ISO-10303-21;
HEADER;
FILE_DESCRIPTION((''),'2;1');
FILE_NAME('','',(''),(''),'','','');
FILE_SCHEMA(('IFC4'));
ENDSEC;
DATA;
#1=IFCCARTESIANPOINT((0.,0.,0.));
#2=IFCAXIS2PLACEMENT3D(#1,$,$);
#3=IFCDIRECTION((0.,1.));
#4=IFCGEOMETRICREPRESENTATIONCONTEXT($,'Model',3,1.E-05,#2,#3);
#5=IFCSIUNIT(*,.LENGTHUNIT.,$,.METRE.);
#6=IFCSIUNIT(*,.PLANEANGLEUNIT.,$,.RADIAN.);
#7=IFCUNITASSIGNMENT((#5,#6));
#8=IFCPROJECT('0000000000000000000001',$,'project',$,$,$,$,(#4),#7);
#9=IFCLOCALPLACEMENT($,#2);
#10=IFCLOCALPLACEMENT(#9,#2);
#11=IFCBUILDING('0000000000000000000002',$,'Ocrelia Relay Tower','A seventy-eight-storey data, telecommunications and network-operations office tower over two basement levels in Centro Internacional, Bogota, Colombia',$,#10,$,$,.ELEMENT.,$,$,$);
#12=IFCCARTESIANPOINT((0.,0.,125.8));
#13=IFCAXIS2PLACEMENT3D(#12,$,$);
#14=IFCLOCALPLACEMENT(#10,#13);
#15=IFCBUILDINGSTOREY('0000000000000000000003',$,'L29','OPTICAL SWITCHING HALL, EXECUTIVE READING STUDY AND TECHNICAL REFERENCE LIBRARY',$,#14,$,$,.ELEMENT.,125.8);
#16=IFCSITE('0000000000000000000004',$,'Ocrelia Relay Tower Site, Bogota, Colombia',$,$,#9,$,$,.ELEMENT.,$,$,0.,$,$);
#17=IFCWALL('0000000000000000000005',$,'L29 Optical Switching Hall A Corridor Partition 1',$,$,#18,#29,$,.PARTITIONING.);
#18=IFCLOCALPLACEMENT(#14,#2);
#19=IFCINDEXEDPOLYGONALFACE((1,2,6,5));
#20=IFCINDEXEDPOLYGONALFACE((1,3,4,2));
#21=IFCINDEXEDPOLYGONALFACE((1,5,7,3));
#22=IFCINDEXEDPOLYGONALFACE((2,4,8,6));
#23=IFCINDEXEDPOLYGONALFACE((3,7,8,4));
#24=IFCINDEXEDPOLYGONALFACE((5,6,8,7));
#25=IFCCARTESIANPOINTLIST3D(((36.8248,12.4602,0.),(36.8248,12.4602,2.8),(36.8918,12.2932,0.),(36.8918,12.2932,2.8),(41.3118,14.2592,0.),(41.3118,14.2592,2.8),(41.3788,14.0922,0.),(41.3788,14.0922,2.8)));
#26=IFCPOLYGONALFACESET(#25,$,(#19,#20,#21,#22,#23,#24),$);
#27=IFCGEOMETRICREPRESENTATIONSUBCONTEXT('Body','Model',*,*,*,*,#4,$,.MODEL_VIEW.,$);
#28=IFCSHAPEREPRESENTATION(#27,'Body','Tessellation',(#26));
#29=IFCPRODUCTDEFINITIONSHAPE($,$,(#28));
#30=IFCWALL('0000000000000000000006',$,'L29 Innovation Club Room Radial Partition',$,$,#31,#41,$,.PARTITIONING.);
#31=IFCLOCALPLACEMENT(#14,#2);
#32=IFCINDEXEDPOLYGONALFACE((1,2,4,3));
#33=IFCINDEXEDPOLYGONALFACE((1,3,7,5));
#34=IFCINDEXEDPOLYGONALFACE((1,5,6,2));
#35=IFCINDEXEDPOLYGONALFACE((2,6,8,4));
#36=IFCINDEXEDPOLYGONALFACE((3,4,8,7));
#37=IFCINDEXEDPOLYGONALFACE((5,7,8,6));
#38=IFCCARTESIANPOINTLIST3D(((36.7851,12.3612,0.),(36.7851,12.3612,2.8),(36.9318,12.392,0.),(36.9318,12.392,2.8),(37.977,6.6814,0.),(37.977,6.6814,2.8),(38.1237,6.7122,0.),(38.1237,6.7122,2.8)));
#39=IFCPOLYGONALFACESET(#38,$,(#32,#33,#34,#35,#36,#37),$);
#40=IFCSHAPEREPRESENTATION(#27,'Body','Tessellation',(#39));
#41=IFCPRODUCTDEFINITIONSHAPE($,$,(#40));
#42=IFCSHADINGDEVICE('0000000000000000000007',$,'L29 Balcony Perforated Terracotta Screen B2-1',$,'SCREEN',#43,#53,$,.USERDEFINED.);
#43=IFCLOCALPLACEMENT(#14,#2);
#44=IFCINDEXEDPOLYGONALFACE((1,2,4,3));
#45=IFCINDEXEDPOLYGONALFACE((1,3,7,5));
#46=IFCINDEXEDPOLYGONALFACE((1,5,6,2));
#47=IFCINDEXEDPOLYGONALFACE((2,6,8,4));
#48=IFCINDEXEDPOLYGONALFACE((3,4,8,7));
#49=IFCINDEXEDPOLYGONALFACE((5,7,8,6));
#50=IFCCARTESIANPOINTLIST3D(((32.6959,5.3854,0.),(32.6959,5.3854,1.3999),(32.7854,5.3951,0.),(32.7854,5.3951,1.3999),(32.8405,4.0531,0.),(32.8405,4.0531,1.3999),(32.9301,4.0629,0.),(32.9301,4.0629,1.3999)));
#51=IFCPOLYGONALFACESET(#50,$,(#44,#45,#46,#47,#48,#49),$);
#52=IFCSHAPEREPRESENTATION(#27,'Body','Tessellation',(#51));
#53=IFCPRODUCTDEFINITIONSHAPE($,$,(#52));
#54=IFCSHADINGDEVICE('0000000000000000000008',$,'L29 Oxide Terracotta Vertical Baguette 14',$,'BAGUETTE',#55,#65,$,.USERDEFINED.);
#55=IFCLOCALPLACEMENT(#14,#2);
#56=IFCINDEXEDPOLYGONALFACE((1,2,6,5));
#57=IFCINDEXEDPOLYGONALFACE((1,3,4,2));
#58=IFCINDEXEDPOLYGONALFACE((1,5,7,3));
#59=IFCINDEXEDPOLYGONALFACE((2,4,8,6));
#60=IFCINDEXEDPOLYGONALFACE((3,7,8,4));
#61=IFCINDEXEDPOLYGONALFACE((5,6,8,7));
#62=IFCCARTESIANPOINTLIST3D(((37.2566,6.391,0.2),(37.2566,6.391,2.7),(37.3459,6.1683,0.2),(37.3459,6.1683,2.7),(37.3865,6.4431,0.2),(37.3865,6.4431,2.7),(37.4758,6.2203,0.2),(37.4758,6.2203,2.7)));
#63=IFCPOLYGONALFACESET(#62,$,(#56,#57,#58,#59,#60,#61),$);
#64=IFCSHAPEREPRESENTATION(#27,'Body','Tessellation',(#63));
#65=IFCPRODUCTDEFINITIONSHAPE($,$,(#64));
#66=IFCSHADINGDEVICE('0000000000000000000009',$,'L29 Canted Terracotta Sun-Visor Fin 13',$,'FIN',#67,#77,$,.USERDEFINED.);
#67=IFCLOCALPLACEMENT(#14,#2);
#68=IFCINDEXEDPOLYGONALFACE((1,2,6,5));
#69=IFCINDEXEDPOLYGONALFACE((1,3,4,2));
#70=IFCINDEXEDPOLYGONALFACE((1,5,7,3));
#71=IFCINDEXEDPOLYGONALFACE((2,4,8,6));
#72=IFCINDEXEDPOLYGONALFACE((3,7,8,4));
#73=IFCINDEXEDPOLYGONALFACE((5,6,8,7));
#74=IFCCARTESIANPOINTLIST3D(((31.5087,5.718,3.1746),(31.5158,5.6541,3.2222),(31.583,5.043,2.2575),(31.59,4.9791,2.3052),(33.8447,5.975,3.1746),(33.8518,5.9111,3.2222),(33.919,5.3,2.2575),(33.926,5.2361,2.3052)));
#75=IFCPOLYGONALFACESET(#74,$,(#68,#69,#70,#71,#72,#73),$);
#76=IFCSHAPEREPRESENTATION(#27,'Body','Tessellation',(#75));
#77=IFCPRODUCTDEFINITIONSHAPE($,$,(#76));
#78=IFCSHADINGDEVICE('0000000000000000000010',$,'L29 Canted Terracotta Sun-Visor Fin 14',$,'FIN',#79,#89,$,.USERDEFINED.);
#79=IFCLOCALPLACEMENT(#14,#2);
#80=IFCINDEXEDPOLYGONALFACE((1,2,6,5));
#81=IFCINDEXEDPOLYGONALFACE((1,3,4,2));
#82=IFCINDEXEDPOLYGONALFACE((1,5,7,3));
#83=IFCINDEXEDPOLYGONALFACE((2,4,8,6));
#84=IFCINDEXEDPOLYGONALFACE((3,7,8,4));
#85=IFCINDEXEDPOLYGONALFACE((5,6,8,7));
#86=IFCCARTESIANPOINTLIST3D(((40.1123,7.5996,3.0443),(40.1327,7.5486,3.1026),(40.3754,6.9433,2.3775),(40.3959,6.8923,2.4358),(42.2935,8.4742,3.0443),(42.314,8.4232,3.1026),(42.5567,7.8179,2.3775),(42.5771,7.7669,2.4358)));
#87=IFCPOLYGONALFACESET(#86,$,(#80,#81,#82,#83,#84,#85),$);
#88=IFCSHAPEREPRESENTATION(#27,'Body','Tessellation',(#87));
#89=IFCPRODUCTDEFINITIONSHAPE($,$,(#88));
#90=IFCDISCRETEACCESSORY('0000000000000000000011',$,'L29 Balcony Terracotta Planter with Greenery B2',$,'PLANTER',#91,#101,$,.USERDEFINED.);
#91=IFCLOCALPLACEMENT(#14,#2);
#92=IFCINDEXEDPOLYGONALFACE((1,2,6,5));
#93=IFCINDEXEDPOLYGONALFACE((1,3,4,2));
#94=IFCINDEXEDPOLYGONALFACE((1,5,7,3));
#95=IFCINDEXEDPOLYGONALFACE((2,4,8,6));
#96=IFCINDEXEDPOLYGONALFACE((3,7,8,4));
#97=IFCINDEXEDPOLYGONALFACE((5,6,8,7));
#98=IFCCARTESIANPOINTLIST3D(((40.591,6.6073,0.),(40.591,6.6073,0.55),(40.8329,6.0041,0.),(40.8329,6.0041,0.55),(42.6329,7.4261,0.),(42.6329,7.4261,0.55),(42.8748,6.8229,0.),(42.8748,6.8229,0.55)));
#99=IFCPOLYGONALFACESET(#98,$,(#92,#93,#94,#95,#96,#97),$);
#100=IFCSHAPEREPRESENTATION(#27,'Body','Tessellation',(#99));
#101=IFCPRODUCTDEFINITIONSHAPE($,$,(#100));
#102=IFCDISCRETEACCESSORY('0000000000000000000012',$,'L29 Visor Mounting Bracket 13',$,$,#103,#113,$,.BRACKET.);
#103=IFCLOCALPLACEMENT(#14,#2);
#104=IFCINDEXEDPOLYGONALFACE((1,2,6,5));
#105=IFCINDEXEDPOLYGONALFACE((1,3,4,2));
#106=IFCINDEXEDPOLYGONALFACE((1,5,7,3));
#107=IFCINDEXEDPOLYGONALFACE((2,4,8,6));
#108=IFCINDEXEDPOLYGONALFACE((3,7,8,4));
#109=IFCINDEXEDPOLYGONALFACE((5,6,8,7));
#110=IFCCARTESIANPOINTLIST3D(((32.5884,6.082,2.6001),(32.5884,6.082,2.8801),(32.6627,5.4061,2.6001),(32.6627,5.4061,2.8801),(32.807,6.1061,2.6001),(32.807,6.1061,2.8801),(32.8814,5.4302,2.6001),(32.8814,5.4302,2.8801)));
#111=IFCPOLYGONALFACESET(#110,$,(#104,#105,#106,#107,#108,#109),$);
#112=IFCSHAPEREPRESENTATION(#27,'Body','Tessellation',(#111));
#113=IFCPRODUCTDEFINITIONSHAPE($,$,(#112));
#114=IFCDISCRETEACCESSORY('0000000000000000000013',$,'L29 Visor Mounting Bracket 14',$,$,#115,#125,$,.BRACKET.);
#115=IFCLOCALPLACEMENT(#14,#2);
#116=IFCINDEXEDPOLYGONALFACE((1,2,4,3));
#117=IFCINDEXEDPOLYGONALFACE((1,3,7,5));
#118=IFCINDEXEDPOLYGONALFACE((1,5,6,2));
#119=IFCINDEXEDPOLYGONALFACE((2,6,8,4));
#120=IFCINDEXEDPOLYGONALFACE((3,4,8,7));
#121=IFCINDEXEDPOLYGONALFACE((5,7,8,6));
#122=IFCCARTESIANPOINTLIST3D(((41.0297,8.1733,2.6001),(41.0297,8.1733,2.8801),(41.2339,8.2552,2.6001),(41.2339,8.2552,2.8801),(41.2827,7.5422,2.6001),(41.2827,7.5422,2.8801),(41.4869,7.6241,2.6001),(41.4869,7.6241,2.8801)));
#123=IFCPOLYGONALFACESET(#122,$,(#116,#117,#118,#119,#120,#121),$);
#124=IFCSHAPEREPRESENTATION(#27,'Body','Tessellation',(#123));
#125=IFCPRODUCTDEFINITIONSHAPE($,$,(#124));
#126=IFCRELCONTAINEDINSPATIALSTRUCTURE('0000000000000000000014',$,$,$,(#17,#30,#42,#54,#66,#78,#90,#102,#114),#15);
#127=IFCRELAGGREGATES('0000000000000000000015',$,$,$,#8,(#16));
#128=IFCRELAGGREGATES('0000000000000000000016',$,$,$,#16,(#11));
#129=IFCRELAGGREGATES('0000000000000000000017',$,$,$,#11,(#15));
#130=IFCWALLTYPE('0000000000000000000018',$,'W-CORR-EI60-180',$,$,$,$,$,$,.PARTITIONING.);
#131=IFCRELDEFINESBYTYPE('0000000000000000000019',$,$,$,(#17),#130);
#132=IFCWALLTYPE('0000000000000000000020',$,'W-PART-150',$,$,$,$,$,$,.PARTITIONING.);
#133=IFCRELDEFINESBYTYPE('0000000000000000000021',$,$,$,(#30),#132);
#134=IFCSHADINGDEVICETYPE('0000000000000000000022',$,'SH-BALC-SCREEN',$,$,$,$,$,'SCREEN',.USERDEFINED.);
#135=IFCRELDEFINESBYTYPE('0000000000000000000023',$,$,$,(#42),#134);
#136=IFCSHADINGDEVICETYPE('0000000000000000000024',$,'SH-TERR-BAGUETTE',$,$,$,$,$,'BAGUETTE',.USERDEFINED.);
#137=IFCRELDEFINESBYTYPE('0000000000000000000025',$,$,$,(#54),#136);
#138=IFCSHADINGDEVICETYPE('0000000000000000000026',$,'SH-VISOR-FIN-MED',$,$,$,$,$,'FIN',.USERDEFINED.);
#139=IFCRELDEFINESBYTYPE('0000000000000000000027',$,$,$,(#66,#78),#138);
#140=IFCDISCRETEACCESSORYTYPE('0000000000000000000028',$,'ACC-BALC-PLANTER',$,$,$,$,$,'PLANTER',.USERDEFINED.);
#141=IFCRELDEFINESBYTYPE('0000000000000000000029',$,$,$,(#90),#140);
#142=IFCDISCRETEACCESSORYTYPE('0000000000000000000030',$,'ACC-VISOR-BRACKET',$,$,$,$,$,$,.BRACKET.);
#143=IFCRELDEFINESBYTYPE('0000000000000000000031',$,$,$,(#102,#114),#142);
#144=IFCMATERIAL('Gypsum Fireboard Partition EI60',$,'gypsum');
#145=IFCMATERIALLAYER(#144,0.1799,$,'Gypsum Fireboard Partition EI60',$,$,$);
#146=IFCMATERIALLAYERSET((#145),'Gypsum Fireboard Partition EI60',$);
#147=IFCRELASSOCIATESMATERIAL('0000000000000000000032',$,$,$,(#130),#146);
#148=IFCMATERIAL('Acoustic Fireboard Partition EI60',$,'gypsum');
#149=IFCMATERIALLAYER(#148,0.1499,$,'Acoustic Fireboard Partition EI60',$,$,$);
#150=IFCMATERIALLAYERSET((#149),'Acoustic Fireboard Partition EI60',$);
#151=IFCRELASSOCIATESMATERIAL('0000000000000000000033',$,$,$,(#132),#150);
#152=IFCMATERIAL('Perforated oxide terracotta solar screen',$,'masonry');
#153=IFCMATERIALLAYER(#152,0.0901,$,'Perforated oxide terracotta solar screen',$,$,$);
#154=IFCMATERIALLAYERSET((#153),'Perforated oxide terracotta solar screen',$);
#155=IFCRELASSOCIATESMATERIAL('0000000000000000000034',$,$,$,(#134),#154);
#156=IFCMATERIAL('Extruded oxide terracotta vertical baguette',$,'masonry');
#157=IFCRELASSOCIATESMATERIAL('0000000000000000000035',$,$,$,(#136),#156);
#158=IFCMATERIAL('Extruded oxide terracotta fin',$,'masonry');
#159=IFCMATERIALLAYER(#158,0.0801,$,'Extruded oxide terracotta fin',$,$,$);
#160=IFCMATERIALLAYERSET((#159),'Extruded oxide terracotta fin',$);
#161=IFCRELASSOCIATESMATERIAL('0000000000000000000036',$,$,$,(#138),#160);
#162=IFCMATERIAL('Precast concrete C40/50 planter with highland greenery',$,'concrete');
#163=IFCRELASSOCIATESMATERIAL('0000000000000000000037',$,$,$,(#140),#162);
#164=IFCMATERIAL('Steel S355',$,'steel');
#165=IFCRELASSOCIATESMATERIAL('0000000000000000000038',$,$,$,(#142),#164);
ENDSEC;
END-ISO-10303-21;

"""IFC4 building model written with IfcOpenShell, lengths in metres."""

from ifc_helpers import new_model, si_unit, direction, frame, frame_2d, origin, origin_2d, place, context, subcontext, project, spatial, rectangle, extrude, material, layer, layer_set, type_object, element, save


model = new_model("IFC4")

# Units and contexts
model_context = context("Model", 3, precision=1e-05, world=origin(), true_north=direction((0.0, 1.0)))
body_context = subcontext(model_context, "Body", "Model", "MODEL_VIEW")
ifc_project = project(units=[si_unit("LENGTHUNIT", "METRE"), si_unit("PLANEANGLEUNIT", "RADIAN")], contexts=[model_context])

# Site, building, storey
site_placement = place(None, origin())
site = spatial("IfcSite", under=ifc_project, at=site_placement, Name="Ocrelia Relay Tower Site, Bogota, Colombia", CompositionType="ELEMENT", RefElevation=0.0)
building_placement = place(site_placement, origin())
building = spatial("IfcBuilding", under=site, at=building_placement, Name="Ocrelia Relay Tower", Description="A seventy-eight-storey data, telecommunications and network-operations office tower over two basement levels in Centro Internacional, Bogota, Colombia", CompositionType="ELEMENT")
storey_placement = place(building_placement, frame((0.0, 0.0, 125.8)))
storey = spatial("IfcBuildingStorey", under=building, at=storey_placement, Name="L29", Description="OPTICAL SWITCHING HALL, EXECUTIVE READING STUDY AND TECHNICAL REFERENCE LIBRARY", CompositionType="ELEMENT", Elevation=125.8)

# Shared definitions
ifc_material_1 = material(Name="Steel S355", Category="steel")

# Shared definitions
ifc_material_2 = material(Name="Gypsum Fireboard Partition EI60", Category="gypsum")
ifc_layer_1 = layer(ifc_material_2, 0.1799, Name="Gypsum Fireboard Partition EI60")
ifc_layer_set_1 = layer_set([ifc_layer_1], Name="Gypsum Fireboard Partition EI60")
wall_type_1 = type_object("IfcWallType", Name="W-CORR-EI60-180", PredefinedType="PARTITIONING", material=ifc_layer_set_1)

# Wall
wall_1_placement = place(storey_placement, frame((36.8584, 12.3767, 0.0), z_axis=(0.0, 0.0, 1.0), x_axis=(0.928173, 0.372148, 0.0)))
element("IfcWall", 1, at=wall_1_placement, inside=storey, type_object=wall_type_1, Name="L29 Optical Switching Hall A Corridor Partition 1", PredefinedType="PARTITIONING", context=body_context, shape_type="SweptSolid", body=[
    extrude(rectangle(XDim=4.8342, YDim=0.1799, at=frame_2d((2.417, 0.0))), origin(), (0.0, 0.0, 1.0), 2.8),
])

# Wall
ifc_material_3 = material(Name="Acoustic Fireboard Partition EI60", Category="gypsum")
ifc_layer_2 = layer(ifc_material_3, 0.1499, Name="Acoustic Fireboard Partition EI60")
ifc_layer_set_2 = layer_set([ifc_layer_2], Name="Acoustic Fireboard Partition EI60")
wall_type_2 = type_object("IfcWallType", Name="W-PART-150", PredefinedType="PARTITIONING", material=ifc_layer_set_2)
wall_2_placement = place(storey_placement, frame((36.8584, 12.3767, 0.0), z_axis=(0.0, 0.0, 1.0), x_axis=(0.205379, -0.978683, 0.0)))
element("IfcWall", 2, at=wall_2_placement, inside=storey, type_object=wall_type_2, Name="L29 Innovation Club Room Radial Partition", PredefinedType="PARTITIONING", context=body_context, shape_type="SweptSolid", body=[
    extrude(rectangle(XDim=5.8035, YDim=0.1499, at=frame_2d((2.9019, 0.0))), origin(), (0.0, 0.0, 1.0), 2.8),
])

# Shading devices
ifc_material_4 = material(Name="Perforated oxide terracotta solar screen", Category="masonry")
ifc_layer_3 = layer(ifc_material_4, 0.0901, Name="Perforated oxide terracotta solar screen")
ifc_layer_set_3 = layer_set([ifc_layer_3], Name="Perforated oxide terracotta solar screen")
shading_device_type_1 = type_object("IfcShadingDeviceType", Name="SH-BALC-SCREEN", ElementType="SCREEN", PredefinedType="USERDEFINED", material=ifc_layer_set_3)
shading_device_1_placement = place(storey_placement, frame((32.813, 4.7241, 0.0), z_axis=(0.0, 0.0, 1.0), x_axis=(0.107934, -0.994158, 0.0)))
element("IfcShadingDevice", 3, at=shading_device_1_placement, inside=storey, type_object=shading_device_type_1, Name="L29 Balcony Perforated Terracotta Screen B2-1", ObjectType="SCREEN", PredefinedType="USERDEFINED", context=body_context, shape_type="SweptSolid", body=[
    extrude(rectangle(XDim=1.3401, YDim=0.0901, at=origin_2d()), origin(), (0.0, 0.0, 1.0), 1.3999),
])
ifc_material_5 = material(Name="Extruded oxide terracotta vertical baguette", Category="masonry")
shading_device_type_2 = type_object("IfcShadingDeviceType", Name="SH-TERR-BAGUETTE", ElementType="BAGUETTE", PredefinedType="USERDEFINED", material=ifc_material_5)
shading_device_2_placement = place(storey_placement, frame((37.3662, 6.3057, 0.2), z_axis=(0.0, 0.0, 1.0), x_axis=(0.92816, 0.372182, 0.0)))
element("IfcShadingDevice", 4, at=shading_device_2_placement, inside=storey, type_object=shading_device_type_2, Name="L29 Oxide Terracotta Vertical Baguette 14", ObjectType="BAGUETTE", PredefinedType="USERDEFINED", context=body_context, shape_type="SweptSolid", body=[
    extrude(rectangle(XDim=0.1399, YDim=0.24, at=origin_2d()), origin(), (0.0, 0.0, 1.0), 2.5),
])
ifc_material_6 = material(Name="Extruded oxide terracotta fin", Category="masonry")
ifc_layer_4 = layer(ifc_material_6, 0.0801, Name="Extruded oxide terracotta fin")
ifc_layer_set_4 = layer_set([ifc_layer_4], Name="Extruded oxide terracotta fin")
shading_device_type_3 = type_object("IfcShadingDeviceType", Name="SH-VISOR-FIN-MED", ElementType="FIN", PredefinedType="USERDEFINED", material=ifc_layer_set_4)
shading_device_3_placement = place(storey_placement, frame((32.7139, 5.509, 2.7161), z_axis=(0.08789, -0.798829, 0.595103), x_axis=(0.994002, 0.109363, 0.0)))
element("IfcShadingDevice", 5, at=shading_device_3_placement, inside=storey, type_object=shading_device_type_3, Name="L29 Canted Terracotta Sun-Visor Fin 13", ObjectType="FIN", PredefinedType="USERDEFINED", context=body_context, shape_type="SweptSolid", body=[
    extrude(rectangle(XDim=2.3501, YDim=1.1411, at=origin_2d()), origin(), (0.0, 0.0, 1.0), 0.0801),
])
shading_device_4_placement = place(storey_placement, frame((41.3345, 7.7087, 2.7109), z_axis=(0.255344, -0.636785, 0.727533), x_axis=(0.92816, 0.372182, 0.0)))
element("IfcShadingDevice", 6, at=shading_device_4_placement, inside=storey, type_object=shading_device_type_3, Name="L29 Canted Terracotta Sun-Visor Fin 14", ObjectType="FIN", PredefinedType="USERDEFINED", context=body_context, shape_type="SweptSolid", body=[
    extrude(rectangle(XDim=2.3501, YDim=0.9719, at=origin_2d()), origin(), (0.0, 0.0, 1.0), 0.0801),
])

# Discrete accessories
ifc_material_7 = material(Name="Precast concrete C40/50 planter with highland greenery", Category="concrete")
discrete_accessory_type_1 = type_object("IfcDiscreteAccessoryType", Name="ACC-BALC-PLANTER", ElementType="PLANTER", PredefinedType="USERDEFINED", material=ifc_material_7)
discrete_accessory_placement = place(storey_placement, frame((41.7329, 6.7151, 0.0), z_axis=(0.0, 0.0, 1.0), x_axis=(-0.928161, -0.372179, 0.0)))
element("IfcDiscreteAccessory", 7, at=discrete_accessory_placement, inside=storey, type_object=discrete_accessory_type_1, Name="L29 Balcony Terracotta Planter with Greenery B2", ObjectType="PLANTER", PredefinedType="USERDEFINED", context=body_context, shape_type="SweptSolid", body=[
    extrude(rectangle(XDim=2.2, YDim=0.6499, at=origin_2d()), origin(), (0.0, 0.0, 1.0), 0.55),
])
discrete_accessory_type_2 = type_object("IfcDiscreteAccessoryType", Name="ACC-VISOR-BRACKET", PredefinedType="BRACKET", material=ifc_material_1)
for number, where, z_axis, x_axis, name in (
    (8, (32.7349, 5.7561, 2.6001), (0.0, 0.0, 1.0), (0.994002, 0.109363, 0.0), "L29 Visor Mounting Bracket 13"),
    (9, (41.2583, 7.8987, 2.6001), (0.0, 0.0, 1.0), (0.92816, 0.372182, 0.0), "L29 Visor Mounting Bracket 14"),
):
    element("IfcDiscreteAccessory", number, at=place(storey_placement, frame(where, z_axis=z_axis, x_axis=x_axis)), inside=storey, type_object=discrete_accessory_type_2, Name=name, PredefinedType="BRACKET", context=body_context, shape_type="SweptSolid", body=[
        extrude(rectangle(XDim=0.22, YDim=0.6799, at=origin_2d()), origin(), (0.0, 0.0, 1.0), 0.28),
    ])

save(model, "model.ifc")
